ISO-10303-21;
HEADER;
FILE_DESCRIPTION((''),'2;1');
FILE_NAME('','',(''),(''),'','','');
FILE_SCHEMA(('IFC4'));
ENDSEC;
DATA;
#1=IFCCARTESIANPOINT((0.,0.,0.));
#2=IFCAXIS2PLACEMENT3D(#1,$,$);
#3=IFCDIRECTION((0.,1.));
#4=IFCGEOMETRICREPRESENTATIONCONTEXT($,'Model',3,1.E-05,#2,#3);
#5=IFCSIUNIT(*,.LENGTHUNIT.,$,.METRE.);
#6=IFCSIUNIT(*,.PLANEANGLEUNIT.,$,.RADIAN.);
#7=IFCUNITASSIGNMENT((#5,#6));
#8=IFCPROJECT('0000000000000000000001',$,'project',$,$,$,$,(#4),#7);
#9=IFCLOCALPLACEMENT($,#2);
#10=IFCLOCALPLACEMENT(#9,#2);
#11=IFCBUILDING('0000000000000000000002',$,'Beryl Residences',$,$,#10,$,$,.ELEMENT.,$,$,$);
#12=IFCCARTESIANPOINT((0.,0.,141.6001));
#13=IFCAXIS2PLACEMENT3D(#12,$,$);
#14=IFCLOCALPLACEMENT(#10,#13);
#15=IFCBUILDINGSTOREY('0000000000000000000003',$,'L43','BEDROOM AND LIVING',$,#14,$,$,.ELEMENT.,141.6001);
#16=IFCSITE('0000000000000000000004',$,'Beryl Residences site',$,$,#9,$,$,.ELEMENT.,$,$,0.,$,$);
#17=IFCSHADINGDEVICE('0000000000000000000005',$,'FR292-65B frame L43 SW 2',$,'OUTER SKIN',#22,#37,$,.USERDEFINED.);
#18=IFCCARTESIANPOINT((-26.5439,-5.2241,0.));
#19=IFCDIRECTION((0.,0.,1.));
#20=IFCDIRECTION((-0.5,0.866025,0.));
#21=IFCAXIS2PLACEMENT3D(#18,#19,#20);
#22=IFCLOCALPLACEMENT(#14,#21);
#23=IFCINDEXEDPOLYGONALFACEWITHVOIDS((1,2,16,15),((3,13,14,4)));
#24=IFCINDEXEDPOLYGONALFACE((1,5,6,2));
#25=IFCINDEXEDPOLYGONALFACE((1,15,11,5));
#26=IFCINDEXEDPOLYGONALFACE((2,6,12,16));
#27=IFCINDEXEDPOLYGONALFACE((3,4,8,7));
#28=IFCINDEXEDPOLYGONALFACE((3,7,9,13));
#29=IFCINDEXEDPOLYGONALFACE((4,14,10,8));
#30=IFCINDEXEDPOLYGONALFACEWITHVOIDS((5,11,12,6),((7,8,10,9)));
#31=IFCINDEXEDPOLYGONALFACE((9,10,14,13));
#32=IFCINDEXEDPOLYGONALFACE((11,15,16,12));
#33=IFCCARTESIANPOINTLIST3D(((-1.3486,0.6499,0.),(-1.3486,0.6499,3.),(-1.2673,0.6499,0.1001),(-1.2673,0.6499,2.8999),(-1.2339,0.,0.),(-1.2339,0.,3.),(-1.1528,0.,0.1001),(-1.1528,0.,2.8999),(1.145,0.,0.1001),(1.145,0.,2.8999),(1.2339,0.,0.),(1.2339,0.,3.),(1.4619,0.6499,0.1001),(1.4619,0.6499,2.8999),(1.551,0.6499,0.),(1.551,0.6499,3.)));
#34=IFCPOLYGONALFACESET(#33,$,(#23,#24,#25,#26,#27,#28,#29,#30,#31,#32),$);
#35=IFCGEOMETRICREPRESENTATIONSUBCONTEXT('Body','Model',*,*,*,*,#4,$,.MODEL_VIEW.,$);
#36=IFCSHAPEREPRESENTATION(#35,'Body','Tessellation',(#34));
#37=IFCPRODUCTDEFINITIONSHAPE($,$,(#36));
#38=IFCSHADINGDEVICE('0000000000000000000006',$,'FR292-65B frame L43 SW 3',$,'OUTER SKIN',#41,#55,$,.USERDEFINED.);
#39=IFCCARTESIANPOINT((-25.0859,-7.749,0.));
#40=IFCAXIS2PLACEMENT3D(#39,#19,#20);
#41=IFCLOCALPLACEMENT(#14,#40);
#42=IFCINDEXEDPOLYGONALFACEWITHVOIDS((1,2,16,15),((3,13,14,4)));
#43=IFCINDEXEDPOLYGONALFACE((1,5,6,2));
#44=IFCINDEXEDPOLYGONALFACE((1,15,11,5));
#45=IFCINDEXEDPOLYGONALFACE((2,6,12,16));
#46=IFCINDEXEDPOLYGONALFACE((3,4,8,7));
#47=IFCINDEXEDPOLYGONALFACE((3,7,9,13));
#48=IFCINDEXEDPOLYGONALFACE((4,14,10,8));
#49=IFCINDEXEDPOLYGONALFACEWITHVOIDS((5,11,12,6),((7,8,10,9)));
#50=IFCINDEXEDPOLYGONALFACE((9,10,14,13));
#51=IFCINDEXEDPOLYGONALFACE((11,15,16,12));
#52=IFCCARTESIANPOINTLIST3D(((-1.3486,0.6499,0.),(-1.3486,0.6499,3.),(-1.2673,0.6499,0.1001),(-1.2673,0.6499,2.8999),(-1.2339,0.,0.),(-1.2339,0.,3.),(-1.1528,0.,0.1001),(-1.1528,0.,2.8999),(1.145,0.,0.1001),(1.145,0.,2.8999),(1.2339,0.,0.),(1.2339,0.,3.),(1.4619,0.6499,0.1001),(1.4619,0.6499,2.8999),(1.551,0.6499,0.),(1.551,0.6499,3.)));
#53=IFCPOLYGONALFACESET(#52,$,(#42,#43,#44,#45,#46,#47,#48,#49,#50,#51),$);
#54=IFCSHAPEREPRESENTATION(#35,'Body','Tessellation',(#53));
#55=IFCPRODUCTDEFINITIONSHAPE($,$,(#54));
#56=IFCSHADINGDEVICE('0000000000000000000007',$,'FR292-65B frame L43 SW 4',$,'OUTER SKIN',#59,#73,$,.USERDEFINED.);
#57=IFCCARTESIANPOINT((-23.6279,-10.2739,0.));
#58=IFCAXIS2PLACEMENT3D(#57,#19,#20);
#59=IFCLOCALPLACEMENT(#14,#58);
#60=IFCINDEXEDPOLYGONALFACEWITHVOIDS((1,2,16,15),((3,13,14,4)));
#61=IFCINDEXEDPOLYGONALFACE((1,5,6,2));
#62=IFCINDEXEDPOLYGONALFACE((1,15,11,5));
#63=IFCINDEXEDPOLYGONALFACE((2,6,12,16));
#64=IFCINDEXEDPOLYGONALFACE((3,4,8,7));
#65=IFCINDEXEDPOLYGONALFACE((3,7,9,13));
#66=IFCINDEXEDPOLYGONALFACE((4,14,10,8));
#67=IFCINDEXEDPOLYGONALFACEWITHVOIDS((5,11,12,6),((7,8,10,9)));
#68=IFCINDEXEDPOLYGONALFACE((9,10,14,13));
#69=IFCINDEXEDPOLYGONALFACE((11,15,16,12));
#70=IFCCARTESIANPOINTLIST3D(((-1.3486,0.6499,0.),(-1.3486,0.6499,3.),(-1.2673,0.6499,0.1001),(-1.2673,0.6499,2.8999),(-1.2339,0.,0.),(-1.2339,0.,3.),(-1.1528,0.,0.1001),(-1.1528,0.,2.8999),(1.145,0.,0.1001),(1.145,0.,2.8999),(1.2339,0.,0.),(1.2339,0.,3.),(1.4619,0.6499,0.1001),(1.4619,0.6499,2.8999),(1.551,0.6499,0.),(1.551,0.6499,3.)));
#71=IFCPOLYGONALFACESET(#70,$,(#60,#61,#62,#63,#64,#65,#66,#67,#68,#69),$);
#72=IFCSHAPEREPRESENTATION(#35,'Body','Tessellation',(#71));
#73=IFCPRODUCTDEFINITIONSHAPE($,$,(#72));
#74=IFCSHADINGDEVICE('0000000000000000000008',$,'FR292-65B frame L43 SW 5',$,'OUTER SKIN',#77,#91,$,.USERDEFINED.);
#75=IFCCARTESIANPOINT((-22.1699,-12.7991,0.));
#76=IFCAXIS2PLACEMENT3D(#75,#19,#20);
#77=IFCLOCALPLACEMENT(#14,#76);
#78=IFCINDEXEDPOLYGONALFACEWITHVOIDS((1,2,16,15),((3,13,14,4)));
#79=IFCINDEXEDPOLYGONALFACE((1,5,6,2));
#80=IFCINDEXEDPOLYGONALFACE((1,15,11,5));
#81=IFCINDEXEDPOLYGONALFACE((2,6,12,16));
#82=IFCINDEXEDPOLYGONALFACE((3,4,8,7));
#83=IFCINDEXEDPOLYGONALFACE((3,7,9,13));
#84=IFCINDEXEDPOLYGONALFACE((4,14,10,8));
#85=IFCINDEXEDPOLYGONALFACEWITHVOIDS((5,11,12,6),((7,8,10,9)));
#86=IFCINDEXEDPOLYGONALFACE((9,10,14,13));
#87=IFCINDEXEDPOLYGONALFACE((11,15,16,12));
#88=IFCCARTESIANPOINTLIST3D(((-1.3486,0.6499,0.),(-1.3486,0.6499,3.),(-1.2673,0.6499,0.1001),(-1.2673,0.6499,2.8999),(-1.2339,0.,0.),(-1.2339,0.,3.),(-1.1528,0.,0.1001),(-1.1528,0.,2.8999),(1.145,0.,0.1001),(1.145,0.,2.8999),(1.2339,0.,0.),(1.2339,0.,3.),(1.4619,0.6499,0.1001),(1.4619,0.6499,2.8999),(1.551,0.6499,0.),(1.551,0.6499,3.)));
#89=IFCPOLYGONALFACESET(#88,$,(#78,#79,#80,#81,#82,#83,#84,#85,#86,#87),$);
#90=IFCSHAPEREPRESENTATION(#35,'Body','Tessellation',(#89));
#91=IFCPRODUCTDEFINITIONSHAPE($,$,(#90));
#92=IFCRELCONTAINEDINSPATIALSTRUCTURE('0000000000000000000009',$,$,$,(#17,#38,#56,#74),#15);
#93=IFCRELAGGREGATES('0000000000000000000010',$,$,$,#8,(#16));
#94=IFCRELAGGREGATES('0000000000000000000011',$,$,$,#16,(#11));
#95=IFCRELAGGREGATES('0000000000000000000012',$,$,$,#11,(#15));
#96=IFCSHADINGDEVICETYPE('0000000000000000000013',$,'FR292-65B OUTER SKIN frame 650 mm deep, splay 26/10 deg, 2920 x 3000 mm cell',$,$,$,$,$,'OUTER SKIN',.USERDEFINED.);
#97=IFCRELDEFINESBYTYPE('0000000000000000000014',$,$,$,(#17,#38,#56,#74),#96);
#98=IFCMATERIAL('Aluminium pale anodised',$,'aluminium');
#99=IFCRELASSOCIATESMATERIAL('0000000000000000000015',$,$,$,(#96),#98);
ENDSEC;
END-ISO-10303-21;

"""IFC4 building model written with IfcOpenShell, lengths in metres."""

from ifc_helpers import new_model, entity, si_unit, direction, frame, origin, place, context, subcontext, project, spatial, source, transform, mapped, material, type_object, type_shapes, element, save


model = new_model("IFC4")

# Units and contexts
model_context = context("Model", 3, precision=1e-05, world=origin(), true_north=direction((0.0, 1.0)))
body_context = subcontext(model_context, "Body", "Model", "MODEL_VIEW")
ifc_project = project(units=[si_unit("LENGTHUNIT", "METRE"), si_unit("PLANEANGLEUNIT", "RADIAN")], contexts=[model_context])

# Site, building, storey
site_placement = place(None, origin())
site = spatial("IfcSite", under=ifc_project, at=site_placement, Name="Beryl Residences site", CompositionType="ELEMENT", RefElevation=0.0)
building_placement = place(site_placement, origin())
building = spatial("IfcBuilding", under=site, at=building_placement, Name="Beryl Residences", CompositionType="ELEMENT")
storey_placement = place(building_placement, frame((0.0, 0.0, 141.6001)))
storey = spatial("IfcBuildingStorey", under=building, at=storey_placement, Name="L43", Description="BEDROOM AND LIVING", CompositionType="ELEMENT", Elevation=141.6001)

# Shading devices
ifc_material_1 = material(Name="Aluminium pale anodised", Category="aluminium")
shading_device_type = type_object("IfcShadingDeviceType", Name="FR292-65B OUTER SKIN frame 650 mm deep, splay 26/10 deg, 2920 x 3000 mm cell", ElementType="OUTER SKIN", PredefinedType="USERDEFINED", material=ifc_material_1)
cartesian_point_1 = entity("IfcCartesianPoint", [-1.2339, 0.0])
cartesian_point_2 = entity("IfcCartesianPoint", [-1.145, 0.1001])
cartesian_point_3 = entity("IfcCartesianPoint", [-1.551, 0.0])
cartesian_point_4 = entity("IfcCartesianPoint", [-1.4619, 0.1001])
shared_shape = source(origin(), body_context, "Body", "SweptSolid", [
    entity("IfcExtrudedAreaSolidTapered", entity("IfcArbitraryProfileDefWithVoids", "AREA", None, entity("IfcPolyline", [cartesian_point_1, entity("IfcCartesianPoint", [1.2339, 0.0]), entity("IfcCartesianPoint", [1.2339, 3.0]), entity("IfcCartesianPoint", [-1.2339, 3.0]), cartesian_point_1]), [entity("IfcPolyline", [cartesian_point_2, entity("IfcCartesianPoint", [1.1528, 0.1001]), entity("IfcCartesianPoint", [1.1528, 2.8999]), entity("IfcCartesianPoint", [-1.145, 2.8999]), cartesian_point_2])]), entity("IfcAxis2Placement3D", entity("IfcCartesianPoint", [0.0, 0.0, 0.0]), entity("IfcDirection", [0.0, 1.0, 0.0]), entity("IfcDirection", [-1.0, 0.0, 0.0])), entity("IfcDirection", [0.0, 0.0, 1.0]), 0.6499, entity("IfcArbitraryProfileDefWithVoids", "AREA", None, entity("IfcPolyline", [cartesian_point_3, entity("IfcCartesianPoint", [1.3486, 0.0]), entity("IfcCartesianPoint", [1.3486, 3.0]), entity("IfcCartesianPoint", [-1.551, 3.0]), cartesian_point_3]), [entity("IfcPolyline", [cartesian_point_4, entity("IfcCartesianPoint", [1.2673, 0.1001]), entity("IfcCartesianPoint", [1.2673, 2.8999]), entity("IfcCartesianPoint", [-1.4619, 2.8999]), cartesian_point_4])])),
])
type_shapes(shading_device_type, [shared_shape])
for number, where, z_axis, x_axis, name in (
    (1, (-26.5439, -5.2241, 0.0), (0.0, 0.0, 1.0), (-0.5, 0.866025, 0.0), "FR292-65B frame L43 SW 2"),
    (2, (-25.0859, -7.749, 0.0), (0.0, 0.0, 1.0), (-0.5, 0.866025, 0.0), "FR292-65B frame L43 SW 3"),
    (3, (-23.6279, -10.2739, 0.0), (0.0, 0.0, 1.0), (-0.5, 0.866025, 0.0), "FR292-65B frame L43 SW 4"),
    (4, (-22.1699, -12.7991, 0.0), (0.0, 0.0, 1.0), (-0.5, 0.866025, 0.0), "FR292-65B frame L43 SW 5"),
):
    element("IfcShadingDevice", number, at=place(storey_placement, frame(where, z_axis=z_axis, x_axis=x_axis)), inside=storey, type_object=shading_device_type, Name=name, ObjectType="OUTER SKIN", PredefinedType="USERDEFINED", context=body_context, shape_type="MappedRepresentation", body=[
        mapped(shared_shape, transform((0.0, 0.0, 0.0))),
    ])

save(model, "model.ifc")
